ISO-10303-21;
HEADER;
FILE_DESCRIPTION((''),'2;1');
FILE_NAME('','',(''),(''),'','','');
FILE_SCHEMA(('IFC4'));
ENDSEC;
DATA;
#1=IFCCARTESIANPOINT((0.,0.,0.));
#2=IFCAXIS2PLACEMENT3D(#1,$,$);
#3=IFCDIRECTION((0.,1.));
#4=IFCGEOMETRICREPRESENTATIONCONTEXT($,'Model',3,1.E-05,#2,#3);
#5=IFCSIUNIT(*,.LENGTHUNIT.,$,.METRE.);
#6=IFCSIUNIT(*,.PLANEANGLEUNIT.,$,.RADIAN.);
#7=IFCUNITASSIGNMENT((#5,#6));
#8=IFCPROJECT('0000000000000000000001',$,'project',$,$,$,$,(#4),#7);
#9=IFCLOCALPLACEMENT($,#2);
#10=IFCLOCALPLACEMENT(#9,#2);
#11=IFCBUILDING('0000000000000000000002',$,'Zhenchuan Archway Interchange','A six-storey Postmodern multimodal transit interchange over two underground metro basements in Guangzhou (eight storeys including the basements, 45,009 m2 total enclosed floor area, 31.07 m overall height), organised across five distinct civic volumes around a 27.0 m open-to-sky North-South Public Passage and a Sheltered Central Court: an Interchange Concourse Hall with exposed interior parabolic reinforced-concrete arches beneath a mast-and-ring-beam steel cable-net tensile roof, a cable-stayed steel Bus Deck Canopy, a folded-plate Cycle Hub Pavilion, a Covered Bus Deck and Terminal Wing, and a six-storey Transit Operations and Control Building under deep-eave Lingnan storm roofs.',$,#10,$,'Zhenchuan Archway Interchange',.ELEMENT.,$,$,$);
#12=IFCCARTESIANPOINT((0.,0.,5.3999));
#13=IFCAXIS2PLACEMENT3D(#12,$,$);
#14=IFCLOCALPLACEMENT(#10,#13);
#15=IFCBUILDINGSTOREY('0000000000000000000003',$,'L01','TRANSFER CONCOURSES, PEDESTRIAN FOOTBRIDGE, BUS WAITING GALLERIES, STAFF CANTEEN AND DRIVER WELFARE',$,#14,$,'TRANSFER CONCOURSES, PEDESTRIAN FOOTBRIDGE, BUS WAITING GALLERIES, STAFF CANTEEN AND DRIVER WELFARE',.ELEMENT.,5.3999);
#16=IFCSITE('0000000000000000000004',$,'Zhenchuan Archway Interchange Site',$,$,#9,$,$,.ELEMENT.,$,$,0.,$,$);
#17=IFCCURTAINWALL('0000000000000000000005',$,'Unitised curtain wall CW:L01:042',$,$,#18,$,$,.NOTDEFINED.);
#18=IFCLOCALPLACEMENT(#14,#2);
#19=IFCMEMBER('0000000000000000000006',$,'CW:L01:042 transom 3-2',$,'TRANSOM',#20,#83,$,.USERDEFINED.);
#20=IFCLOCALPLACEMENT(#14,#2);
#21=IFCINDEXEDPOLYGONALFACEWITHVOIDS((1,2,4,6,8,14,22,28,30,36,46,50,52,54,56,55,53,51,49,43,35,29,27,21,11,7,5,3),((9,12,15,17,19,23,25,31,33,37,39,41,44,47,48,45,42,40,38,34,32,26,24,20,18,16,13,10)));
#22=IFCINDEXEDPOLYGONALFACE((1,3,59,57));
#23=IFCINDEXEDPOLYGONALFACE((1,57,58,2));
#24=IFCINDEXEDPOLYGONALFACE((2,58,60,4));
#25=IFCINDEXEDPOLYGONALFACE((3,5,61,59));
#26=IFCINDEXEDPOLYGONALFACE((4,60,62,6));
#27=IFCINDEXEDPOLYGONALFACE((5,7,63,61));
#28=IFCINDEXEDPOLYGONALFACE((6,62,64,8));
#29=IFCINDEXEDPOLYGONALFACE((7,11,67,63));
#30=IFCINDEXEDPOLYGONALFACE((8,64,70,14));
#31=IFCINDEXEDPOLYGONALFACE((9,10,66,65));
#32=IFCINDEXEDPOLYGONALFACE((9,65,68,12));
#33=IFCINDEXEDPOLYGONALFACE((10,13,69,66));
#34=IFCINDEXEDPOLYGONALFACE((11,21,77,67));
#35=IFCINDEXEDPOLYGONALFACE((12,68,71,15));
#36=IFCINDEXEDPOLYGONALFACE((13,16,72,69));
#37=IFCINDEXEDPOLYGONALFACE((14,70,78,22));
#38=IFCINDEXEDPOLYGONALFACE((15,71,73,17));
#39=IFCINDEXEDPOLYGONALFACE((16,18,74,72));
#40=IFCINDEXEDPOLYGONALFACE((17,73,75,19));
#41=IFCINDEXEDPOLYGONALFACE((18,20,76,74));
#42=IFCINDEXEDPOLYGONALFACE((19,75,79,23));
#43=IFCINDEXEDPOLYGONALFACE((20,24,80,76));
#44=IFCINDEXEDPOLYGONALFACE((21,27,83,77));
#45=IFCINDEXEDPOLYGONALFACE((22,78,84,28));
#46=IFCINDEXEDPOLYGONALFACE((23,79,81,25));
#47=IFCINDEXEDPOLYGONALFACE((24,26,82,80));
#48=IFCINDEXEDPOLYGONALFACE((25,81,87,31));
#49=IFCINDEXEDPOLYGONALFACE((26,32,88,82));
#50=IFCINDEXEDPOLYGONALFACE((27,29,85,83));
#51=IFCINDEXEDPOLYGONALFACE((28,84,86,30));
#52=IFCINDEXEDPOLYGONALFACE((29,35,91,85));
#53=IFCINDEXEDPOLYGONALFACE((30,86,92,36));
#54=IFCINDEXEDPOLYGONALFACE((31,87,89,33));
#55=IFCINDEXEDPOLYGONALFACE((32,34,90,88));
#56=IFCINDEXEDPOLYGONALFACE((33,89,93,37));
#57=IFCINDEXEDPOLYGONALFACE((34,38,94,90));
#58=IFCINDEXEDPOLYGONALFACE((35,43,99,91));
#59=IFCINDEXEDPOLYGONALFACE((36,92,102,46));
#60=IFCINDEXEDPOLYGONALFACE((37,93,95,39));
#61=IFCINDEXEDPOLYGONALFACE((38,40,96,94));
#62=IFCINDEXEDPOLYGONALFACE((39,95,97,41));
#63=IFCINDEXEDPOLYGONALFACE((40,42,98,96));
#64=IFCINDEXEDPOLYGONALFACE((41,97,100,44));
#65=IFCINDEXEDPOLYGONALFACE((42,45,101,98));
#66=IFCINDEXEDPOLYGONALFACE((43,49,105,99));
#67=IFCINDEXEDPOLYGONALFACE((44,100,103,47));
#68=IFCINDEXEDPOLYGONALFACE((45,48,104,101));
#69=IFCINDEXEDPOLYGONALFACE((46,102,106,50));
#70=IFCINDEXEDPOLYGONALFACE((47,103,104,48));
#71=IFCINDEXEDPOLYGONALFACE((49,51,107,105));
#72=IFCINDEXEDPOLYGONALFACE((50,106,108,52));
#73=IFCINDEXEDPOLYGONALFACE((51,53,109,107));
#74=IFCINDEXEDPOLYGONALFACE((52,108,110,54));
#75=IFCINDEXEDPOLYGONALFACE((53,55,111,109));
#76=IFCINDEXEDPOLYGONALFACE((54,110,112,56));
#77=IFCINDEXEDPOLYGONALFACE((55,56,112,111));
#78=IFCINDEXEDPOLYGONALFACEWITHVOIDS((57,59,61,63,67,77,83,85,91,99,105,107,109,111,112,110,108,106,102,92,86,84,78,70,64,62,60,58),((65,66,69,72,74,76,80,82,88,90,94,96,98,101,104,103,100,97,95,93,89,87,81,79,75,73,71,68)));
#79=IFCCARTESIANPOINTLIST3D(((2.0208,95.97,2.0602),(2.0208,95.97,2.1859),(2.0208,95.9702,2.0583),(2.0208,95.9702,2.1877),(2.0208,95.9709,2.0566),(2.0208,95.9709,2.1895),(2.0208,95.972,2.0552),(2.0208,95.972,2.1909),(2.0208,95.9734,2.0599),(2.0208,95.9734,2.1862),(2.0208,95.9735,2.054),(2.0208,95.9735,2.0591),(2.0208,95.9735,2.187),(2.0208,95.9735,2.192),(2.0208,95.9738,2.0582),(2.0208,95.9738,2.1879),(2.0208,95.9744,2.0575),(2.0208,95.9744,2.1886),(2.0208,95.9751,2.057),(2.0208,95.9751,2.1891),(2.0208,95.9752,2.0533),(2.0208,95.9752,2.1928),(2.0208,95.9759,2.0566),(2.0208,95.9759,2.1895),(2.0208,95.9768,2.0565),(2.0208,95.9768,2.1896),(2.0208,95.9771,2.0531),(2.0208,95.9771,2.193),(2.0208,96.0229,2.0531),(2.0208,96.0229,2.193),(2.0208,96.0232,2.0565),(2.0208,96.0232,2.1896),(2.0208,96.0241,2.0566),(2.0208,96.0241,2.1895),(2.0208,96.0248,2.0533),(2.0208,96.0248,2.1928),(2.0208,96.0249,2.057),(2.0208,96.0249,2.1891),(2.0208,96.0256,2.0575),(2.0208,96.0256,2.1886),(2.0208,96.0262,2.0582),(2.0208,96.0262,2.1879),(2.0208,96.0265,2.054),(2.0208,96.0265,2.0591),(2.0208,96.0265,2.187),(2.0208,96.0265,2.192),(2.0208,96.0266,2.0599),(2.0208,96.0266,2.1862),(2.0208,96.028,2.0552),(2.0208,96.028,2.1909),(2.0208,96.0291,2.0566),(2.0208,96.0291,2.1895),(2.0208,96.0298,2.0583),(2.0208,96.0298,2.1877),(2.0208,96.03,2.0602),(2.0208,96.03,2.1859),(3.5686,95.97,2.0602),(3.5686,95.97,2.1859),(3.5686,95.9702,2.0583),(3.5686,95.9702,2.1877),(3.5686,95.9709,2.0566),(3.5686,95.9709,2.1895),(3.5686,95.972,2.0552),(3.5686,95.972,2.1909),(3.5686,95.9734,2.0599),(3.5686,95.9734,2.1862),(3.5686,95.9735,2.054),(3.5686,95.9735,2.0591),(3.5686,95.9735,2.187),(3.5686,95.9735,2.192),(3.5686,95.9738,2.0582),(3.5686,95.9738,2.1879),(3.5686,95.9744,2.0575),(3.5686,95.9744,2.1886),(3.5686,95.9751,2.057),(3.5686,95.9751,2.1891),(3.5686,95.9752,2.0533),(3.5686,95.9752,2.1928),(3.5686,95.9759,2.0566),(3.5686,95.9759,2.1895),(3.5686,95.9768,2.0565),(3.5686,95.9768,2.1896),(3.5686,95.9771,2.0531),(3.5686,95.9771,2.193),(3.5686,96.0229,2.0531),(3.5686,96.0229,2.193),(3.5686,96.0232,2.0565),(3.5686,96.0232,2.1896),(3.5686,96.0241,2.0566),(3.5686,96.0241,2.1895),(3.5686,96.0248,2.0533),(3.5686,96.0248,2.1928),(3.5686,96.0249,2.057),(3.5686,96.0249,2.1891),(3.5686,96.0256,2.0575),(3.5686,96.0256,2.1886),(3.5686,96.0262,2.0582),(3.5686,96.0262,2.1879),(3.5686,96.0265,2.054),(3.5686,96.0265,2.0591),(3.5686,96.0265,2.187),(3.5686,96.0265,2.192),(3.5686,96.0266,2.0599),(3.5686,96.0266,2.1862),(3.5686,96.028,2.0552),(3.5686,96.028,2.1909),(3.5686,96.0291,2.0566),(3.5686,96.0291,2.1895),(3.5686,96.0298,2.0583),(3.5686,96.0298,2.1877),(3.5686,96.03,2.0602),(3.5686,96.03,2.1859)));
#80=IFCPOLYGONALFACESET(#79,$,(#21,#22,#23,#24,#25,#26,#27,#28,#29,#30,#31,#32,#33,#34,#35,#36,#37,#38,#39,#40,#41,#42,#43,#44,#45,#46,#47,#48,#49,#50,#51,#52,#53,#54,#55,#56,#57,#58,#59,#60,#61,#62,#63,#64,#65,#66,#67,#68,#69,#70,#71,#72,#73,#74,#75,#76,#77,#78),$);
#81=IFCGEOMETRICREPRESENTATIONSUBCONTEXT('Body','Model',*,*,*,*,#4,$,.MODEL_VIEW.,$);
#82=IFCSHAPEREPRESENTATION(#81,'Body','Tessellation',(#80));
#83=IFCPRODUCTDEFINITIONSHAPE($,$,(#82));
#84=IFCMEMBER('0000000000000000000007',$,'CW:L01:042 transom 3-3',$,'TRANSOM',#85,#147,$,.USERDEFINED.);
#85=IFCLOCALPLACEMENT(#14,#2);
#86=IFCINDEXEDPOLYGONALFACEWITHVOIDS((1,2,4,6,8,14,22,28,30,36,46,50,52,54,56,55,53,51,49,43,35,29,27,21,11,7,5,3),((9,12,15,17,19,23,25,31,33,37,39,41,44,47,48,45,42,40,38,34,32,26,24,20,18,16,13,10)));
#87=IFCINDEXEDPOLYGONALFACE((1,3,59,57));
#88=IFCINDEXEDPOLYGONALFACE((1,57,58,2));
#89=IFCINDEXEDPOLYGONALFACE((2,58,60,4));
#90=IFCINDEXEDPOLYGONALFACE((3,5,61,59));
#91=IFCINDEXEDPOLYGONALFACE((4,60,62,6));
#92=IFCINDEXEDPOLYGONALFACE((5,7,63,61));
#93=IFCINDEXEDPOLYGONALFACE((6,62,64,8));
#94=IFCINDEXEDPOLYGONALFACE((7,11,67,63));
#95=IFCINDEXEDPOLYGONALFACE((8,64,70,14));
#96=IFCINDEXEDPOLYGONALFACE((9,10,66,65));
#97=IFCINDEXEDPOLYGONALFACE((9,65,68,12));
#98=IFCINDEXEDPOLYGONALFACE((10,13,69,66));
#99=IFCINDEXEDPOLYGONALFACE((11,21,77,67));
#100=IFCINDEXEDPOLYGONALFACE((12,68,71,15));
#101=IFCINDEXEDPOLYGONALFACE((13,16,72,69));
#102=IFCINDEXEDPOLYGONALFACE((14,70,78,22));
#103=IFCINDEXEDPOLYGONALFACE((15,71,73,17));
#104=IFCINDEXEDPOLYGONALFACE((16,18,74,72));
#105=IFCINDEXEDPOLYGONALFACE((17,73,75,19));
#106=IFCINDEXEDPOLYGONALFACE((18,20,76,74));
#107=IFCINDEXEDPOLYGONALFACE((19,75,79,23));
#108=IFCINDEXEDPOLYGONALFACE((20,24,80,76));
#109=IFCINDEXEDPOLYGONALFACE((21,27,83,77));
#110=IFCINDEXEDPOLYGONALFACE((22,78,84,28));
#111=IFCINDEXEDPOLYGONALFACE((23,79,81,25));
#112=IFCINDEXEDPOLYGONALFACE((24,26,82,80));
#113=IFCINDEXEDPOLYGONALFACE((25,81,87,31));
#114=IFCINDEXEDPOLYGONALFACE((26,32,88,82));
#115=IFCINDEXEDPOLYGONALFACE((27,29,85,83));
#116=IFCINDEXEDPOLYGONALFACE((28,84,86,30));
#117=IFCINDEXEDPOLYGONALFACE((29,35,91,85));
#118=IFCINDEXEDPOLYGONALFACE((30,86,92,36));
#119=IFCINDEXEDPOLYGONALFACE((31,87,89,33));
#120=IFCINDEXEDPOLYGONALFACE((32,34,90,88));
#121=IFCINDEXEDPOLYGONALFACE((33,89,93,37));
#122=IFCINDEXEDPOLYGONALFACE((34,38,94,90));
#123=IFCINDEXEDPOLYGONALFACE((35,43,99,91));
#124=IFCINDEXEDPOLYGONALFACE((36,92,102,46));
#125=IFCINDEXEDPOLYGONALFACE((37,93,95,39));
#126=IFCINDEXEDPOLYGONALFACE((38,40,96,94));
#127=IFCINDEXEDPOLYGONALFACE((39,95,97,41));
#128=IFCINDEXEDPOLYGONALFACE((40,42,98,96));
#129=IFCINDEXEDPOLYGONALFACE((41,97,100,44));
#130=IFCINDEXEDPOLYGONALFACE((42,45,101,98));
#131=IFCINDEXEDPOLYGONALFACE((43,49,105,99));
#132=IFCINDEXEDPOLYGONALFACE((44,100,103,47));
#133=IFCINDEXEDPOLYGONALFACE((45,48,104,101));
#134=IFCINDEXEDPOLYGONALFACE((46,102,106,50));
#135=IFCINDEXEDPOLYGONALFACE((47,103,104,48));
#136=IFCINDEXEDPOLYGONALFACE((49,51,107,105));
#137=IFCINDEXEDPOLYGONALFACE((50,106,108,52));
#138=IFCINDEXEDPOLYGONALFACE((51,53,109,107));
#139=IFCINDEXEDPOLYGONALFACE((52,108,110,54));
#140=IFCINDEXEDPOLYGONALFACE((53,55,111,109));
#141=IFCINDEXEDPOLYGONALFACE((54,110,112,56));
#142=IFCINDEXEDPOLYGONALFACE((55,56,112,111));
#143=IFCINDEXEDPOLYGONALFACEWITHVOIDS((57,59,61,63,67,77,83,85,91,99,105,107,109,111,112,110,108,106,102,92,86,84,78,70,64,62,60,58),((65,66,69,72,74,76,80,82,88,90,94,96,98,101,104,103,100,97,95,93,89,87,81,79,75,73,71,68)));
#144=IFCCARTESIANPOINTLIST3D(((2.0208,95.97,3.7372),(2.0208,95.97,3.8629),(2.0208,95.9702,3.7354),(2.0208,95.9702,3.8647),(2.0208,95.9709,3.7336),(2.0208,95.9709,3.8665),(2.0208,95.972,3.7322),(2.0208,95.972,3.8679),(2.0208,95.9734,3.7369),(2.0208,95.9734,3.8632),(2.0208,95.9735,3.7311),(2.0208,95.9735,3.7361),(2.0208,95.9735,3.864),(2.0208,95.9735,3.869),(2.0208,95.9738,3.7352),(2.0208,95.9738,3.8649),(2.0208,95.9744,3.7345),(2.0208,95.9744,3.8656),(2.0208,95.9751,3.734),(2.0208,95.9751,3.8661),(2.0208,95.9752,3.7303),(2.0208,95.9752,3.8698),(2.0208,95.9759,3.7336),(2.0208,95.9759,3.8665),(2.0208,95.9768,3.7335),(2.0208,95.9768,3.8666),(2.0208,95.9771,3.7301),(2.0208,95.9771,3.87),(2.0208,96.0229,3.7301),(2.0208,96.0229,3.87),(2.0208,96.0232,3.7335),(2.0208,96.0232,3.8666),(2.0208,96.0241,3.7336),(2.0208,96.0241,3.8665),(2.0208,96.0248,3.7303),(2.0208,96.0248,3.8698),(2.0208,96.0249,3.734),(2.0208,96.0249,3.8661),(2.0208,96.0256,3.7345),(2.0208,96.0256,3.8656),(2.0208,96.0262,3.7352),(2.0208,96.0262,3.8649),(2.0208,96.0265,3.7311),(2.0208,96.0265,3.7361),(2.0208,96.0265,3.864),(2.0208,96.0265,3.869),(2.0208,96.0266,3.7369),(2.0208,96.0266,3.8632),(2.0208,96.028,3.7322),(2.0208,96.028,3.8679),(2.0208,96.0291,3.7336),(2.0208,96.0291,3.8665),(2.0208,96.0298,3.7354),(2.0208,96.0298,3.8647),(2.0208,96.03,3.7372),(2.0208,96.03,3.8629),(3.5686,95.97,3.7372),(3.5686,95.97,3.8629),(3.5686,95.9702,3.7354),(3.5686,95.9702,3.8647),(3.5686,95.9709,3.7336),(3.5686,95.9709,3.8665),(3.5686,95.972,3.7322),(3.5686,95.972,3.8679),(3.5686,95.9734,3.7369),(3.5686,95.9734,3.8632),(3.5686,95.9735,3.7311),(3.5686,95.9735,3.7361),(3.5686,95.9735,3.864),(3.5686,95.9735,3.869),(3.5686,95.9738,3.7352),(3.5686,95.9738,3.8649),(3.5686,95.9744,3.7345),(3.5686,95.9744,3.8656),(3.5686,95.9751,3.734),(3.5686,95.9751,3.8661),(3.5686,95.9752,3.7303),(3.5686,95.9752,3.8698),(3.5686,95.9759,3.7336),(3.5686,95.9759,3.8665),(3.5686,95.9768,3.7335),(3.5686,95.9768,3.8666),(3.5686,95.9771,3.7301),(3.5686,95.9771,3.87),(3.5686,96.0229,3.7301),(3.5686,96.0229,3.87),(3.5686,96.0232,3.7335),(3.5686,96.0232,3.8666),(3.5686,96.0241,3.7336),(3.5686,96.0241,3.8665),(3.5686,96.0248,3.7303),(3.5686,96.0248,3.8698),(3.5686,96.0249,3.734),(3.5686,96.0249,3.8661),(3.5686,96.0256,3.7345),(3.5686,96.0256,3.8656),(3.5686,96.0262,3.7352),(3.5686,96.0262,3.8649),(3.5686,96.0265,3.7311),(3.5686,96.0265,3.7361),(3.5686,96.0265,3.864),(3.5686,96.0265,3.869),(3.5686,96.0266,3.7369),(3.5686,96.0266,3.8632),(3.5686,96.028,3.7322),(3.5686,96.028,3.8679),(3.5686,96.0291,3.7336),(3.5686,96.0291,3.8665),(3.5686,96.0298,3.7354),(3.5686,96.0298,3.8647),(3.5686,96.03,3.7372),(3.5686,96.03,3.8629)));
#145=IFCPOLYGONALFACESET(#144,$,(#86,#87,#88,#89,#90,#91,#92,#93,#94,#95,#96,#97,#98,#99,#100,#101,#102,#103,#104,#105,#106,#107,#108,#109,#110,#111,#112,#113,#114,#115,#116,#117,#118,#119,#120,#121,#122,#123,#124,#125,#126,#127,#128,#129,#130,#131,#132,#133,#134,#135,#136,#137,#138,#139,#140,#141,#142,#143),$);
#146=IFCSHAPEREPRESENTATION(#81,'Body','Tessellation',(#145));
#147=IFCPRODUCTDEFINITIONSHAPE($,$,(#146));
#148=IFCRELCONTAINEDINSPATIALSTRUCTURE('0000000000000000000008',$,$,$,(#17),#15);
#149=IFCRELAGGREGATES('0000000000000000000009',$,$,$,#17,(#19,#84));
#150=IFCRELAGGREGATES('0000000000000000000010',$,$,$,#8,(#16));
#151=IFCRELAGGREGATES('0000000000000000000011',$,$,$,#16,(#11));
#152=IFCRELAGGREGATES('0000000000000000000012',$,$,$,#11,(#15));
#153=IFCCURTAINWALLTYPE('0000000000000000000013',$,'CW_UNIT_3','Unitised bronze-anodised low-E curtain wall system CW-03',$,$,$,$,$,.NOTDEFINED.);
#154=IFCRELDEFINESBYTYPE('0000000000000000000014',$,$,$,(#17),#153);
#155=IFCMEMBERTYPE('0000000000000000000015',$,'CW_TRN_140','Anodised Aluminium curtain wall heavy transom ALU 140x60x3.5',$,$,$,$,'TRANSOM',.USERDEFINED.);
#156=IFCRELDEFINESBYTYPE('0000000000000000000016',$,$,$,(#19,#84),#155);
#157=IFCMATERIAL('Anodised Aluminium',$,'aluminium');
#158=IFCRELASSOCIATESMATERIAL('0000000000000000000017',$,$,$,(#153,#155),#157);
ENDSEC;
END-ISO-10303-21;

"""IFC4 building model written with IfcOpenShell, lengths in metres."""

from ifc_helpers import new_model, si_unit, direction, frame, origin, origin_2d, place, context, subcontext, project, spatial, hollow_rectangle, extrude, material, material_profile, profile_set, type_object, element, aggregate, save


model = new_model("IFC4")

# Units and contexts
model_context = context("Model", 3, precision=1e-05, world=origin(), true_north=direction((0.0, 1.0)))
body_context = subcontext(model_context, "Body", "Model", "MODEL_VIEW")
ifc_project = project(units=[si_unit("LENGTHUNIT", "METRE"), si_unit("PLANEANGLEUNIT", "RADIAN")], contexts=[model_context])

# Site, building, storey
site_placement = place(None, origin())
site = spatial("IfcSite", under=ifc_project, at=site_placement, Name="Zhenchuan Archway Interchange Site", CompositionType="ELEMENT", RefElevation=0.0)
building_placement = place(site_placement, origin())
building = spatial("IfcBuilding", under=site, at=building_placement, Name="Zhenchuan Archway Interchange", Description="A six-storey Postmodern multimodal transit interchange over two underground metro basements in Guangzhou (eight storeys including the basements, 45,009 m2 total enclosed floor area, 31.07 m overall height), organised across five distinct civic volumes around a 27.0 m open-to-sky North-South Public Passage and a Sheltered Central Court: an Interchange Concourse Hall with exposed interior parabolic reinforced-concrete arches beneath a mast-and-ring-beam steel cable-net tensile roof, a cable-stayed steel Bus Deck Canopy, a folded-plate Cycle Hub Pavilion, a Covered Bus Deck and Terminal Wing, and a six-storey Transit Operations and Control Building under deep-eave Lingnan storm roofs.", LongName="Zhenchuan Archway Interchange", CompositionType="ELEMENT")
storey_placement = place(building_placement, frame((0.0, 0.0, 5.3999)))
storey = spatial("IfcBuildingStorey", under=building, at=storey_placement, Name="L01", Description="TRANSFER CONCOURSES, PEDESTRIAN FOOTBRIDGE, BUS WAITING GALLERIES, STAFF CANTEEN AND DRIVER WELFARE", LongName="TRANSFER CONCOURSES, PEDESTRIAN FOOTBRIDGE, BUS WAITING GALLERIES, STAFF CANTEEN AND DRIVER WELFARE", CompositionType="ELEMENT", Elevation=5.3999)

# Curtain wall, members
ifc_material_1 = material(Name="Anodised Aluminium", Category="aluminium")
curtain_wall_type = type_object("IfcCurtainWallType", Name="CW_UNIT_3", Description="Unitised bronze-anodised low-E curtain wall system CW-03", PredefinedType="NOTDEFINED", material=ifc_material_1)
curtain_wall_placement = place(storey_placement, origin())
curtain_wall = element("IfcCurtainWall", 1, at=curtain_wall_placement, inside=storey, type_object=curtain_wall_type, Name="Unitised curtain wall CW:L01:042", PredefinedType="NOTDEFINED")
ifc_material_profile_1 = material_profile(ifc_material_1, hollow_rectangle(XDim=0.0601, YDim=0.1399, WallThickness=0.0034, InnerFilletRadius=0.0034, OuterFilletRadius=0.0071, at=origin_2d()), Name="ALU 140x60x3.5")
ifc_profile_set_1 = profile_set([ifc_material_profile_1], Name="Anodised Aluminium")
member_type_1 = type_object("IfcMemberType", Name="CW_TRN_140", Description="Anodised Aluminium curtain wall heavy transom ALU 140x60x3.5", ElementType="TRANSOM", PredefinedType="USERDEFINED", material=ifc_profile_set_1)
member_1_placement = place(storey_placement, frame((3.5686, 96.0, 2.123), z_axis=(-1.0, 0.0, 0.0), x_axis=(0.0, -1.0, 0.0)))
member_1 = element("IfcMember", 2, at=member_1_placement, type_object=member_type_1, Name="CW:L01:042 transom 3-2", ObjectType="TRANSOM", PredefinedType="USERDEFINED", context=body_context, shape_type="SweptSolid", body=[
    extrude(hollow_rectangle(XDim=0.0601, YDim=0.1399, WallThickness=0.0034, InnerFilletRadius=0.0034, OuterFilletRadius=0.0071, at=origin_2d()), origin(), (0.0, 0.0, 1.0), 1.5479),
])
member_2_placement = place(storey_placement, frame((3.5686, 96.0, 3.8), z_axis=(-1.0, 0.0, 0.0), x_axis=(0.0, -1.0, 0.0)))
member_2 = element("IfcMember", 3, at=member_2_placement, type_object=member_type_1, Name="CW:L01:042 transom 3-3", ObjectType="TRANSOM", PredefinedType="USERDEFINED", context=body_context, shape_type="SweptSolid", body=[
    extrude(hollow_rectangle(XDim=0.0601, YDim=0.1399, WallThickness=0.0034, InnerFilletRadius=0.0034, OuterFilletRadius=0.0071, at=origin_2d()), origin(), (0.0, 0.0, 1.0), 1.5479),
])

aggregate(curtain_wall, [member_1, member_2])

save(model, "model.ifc")
